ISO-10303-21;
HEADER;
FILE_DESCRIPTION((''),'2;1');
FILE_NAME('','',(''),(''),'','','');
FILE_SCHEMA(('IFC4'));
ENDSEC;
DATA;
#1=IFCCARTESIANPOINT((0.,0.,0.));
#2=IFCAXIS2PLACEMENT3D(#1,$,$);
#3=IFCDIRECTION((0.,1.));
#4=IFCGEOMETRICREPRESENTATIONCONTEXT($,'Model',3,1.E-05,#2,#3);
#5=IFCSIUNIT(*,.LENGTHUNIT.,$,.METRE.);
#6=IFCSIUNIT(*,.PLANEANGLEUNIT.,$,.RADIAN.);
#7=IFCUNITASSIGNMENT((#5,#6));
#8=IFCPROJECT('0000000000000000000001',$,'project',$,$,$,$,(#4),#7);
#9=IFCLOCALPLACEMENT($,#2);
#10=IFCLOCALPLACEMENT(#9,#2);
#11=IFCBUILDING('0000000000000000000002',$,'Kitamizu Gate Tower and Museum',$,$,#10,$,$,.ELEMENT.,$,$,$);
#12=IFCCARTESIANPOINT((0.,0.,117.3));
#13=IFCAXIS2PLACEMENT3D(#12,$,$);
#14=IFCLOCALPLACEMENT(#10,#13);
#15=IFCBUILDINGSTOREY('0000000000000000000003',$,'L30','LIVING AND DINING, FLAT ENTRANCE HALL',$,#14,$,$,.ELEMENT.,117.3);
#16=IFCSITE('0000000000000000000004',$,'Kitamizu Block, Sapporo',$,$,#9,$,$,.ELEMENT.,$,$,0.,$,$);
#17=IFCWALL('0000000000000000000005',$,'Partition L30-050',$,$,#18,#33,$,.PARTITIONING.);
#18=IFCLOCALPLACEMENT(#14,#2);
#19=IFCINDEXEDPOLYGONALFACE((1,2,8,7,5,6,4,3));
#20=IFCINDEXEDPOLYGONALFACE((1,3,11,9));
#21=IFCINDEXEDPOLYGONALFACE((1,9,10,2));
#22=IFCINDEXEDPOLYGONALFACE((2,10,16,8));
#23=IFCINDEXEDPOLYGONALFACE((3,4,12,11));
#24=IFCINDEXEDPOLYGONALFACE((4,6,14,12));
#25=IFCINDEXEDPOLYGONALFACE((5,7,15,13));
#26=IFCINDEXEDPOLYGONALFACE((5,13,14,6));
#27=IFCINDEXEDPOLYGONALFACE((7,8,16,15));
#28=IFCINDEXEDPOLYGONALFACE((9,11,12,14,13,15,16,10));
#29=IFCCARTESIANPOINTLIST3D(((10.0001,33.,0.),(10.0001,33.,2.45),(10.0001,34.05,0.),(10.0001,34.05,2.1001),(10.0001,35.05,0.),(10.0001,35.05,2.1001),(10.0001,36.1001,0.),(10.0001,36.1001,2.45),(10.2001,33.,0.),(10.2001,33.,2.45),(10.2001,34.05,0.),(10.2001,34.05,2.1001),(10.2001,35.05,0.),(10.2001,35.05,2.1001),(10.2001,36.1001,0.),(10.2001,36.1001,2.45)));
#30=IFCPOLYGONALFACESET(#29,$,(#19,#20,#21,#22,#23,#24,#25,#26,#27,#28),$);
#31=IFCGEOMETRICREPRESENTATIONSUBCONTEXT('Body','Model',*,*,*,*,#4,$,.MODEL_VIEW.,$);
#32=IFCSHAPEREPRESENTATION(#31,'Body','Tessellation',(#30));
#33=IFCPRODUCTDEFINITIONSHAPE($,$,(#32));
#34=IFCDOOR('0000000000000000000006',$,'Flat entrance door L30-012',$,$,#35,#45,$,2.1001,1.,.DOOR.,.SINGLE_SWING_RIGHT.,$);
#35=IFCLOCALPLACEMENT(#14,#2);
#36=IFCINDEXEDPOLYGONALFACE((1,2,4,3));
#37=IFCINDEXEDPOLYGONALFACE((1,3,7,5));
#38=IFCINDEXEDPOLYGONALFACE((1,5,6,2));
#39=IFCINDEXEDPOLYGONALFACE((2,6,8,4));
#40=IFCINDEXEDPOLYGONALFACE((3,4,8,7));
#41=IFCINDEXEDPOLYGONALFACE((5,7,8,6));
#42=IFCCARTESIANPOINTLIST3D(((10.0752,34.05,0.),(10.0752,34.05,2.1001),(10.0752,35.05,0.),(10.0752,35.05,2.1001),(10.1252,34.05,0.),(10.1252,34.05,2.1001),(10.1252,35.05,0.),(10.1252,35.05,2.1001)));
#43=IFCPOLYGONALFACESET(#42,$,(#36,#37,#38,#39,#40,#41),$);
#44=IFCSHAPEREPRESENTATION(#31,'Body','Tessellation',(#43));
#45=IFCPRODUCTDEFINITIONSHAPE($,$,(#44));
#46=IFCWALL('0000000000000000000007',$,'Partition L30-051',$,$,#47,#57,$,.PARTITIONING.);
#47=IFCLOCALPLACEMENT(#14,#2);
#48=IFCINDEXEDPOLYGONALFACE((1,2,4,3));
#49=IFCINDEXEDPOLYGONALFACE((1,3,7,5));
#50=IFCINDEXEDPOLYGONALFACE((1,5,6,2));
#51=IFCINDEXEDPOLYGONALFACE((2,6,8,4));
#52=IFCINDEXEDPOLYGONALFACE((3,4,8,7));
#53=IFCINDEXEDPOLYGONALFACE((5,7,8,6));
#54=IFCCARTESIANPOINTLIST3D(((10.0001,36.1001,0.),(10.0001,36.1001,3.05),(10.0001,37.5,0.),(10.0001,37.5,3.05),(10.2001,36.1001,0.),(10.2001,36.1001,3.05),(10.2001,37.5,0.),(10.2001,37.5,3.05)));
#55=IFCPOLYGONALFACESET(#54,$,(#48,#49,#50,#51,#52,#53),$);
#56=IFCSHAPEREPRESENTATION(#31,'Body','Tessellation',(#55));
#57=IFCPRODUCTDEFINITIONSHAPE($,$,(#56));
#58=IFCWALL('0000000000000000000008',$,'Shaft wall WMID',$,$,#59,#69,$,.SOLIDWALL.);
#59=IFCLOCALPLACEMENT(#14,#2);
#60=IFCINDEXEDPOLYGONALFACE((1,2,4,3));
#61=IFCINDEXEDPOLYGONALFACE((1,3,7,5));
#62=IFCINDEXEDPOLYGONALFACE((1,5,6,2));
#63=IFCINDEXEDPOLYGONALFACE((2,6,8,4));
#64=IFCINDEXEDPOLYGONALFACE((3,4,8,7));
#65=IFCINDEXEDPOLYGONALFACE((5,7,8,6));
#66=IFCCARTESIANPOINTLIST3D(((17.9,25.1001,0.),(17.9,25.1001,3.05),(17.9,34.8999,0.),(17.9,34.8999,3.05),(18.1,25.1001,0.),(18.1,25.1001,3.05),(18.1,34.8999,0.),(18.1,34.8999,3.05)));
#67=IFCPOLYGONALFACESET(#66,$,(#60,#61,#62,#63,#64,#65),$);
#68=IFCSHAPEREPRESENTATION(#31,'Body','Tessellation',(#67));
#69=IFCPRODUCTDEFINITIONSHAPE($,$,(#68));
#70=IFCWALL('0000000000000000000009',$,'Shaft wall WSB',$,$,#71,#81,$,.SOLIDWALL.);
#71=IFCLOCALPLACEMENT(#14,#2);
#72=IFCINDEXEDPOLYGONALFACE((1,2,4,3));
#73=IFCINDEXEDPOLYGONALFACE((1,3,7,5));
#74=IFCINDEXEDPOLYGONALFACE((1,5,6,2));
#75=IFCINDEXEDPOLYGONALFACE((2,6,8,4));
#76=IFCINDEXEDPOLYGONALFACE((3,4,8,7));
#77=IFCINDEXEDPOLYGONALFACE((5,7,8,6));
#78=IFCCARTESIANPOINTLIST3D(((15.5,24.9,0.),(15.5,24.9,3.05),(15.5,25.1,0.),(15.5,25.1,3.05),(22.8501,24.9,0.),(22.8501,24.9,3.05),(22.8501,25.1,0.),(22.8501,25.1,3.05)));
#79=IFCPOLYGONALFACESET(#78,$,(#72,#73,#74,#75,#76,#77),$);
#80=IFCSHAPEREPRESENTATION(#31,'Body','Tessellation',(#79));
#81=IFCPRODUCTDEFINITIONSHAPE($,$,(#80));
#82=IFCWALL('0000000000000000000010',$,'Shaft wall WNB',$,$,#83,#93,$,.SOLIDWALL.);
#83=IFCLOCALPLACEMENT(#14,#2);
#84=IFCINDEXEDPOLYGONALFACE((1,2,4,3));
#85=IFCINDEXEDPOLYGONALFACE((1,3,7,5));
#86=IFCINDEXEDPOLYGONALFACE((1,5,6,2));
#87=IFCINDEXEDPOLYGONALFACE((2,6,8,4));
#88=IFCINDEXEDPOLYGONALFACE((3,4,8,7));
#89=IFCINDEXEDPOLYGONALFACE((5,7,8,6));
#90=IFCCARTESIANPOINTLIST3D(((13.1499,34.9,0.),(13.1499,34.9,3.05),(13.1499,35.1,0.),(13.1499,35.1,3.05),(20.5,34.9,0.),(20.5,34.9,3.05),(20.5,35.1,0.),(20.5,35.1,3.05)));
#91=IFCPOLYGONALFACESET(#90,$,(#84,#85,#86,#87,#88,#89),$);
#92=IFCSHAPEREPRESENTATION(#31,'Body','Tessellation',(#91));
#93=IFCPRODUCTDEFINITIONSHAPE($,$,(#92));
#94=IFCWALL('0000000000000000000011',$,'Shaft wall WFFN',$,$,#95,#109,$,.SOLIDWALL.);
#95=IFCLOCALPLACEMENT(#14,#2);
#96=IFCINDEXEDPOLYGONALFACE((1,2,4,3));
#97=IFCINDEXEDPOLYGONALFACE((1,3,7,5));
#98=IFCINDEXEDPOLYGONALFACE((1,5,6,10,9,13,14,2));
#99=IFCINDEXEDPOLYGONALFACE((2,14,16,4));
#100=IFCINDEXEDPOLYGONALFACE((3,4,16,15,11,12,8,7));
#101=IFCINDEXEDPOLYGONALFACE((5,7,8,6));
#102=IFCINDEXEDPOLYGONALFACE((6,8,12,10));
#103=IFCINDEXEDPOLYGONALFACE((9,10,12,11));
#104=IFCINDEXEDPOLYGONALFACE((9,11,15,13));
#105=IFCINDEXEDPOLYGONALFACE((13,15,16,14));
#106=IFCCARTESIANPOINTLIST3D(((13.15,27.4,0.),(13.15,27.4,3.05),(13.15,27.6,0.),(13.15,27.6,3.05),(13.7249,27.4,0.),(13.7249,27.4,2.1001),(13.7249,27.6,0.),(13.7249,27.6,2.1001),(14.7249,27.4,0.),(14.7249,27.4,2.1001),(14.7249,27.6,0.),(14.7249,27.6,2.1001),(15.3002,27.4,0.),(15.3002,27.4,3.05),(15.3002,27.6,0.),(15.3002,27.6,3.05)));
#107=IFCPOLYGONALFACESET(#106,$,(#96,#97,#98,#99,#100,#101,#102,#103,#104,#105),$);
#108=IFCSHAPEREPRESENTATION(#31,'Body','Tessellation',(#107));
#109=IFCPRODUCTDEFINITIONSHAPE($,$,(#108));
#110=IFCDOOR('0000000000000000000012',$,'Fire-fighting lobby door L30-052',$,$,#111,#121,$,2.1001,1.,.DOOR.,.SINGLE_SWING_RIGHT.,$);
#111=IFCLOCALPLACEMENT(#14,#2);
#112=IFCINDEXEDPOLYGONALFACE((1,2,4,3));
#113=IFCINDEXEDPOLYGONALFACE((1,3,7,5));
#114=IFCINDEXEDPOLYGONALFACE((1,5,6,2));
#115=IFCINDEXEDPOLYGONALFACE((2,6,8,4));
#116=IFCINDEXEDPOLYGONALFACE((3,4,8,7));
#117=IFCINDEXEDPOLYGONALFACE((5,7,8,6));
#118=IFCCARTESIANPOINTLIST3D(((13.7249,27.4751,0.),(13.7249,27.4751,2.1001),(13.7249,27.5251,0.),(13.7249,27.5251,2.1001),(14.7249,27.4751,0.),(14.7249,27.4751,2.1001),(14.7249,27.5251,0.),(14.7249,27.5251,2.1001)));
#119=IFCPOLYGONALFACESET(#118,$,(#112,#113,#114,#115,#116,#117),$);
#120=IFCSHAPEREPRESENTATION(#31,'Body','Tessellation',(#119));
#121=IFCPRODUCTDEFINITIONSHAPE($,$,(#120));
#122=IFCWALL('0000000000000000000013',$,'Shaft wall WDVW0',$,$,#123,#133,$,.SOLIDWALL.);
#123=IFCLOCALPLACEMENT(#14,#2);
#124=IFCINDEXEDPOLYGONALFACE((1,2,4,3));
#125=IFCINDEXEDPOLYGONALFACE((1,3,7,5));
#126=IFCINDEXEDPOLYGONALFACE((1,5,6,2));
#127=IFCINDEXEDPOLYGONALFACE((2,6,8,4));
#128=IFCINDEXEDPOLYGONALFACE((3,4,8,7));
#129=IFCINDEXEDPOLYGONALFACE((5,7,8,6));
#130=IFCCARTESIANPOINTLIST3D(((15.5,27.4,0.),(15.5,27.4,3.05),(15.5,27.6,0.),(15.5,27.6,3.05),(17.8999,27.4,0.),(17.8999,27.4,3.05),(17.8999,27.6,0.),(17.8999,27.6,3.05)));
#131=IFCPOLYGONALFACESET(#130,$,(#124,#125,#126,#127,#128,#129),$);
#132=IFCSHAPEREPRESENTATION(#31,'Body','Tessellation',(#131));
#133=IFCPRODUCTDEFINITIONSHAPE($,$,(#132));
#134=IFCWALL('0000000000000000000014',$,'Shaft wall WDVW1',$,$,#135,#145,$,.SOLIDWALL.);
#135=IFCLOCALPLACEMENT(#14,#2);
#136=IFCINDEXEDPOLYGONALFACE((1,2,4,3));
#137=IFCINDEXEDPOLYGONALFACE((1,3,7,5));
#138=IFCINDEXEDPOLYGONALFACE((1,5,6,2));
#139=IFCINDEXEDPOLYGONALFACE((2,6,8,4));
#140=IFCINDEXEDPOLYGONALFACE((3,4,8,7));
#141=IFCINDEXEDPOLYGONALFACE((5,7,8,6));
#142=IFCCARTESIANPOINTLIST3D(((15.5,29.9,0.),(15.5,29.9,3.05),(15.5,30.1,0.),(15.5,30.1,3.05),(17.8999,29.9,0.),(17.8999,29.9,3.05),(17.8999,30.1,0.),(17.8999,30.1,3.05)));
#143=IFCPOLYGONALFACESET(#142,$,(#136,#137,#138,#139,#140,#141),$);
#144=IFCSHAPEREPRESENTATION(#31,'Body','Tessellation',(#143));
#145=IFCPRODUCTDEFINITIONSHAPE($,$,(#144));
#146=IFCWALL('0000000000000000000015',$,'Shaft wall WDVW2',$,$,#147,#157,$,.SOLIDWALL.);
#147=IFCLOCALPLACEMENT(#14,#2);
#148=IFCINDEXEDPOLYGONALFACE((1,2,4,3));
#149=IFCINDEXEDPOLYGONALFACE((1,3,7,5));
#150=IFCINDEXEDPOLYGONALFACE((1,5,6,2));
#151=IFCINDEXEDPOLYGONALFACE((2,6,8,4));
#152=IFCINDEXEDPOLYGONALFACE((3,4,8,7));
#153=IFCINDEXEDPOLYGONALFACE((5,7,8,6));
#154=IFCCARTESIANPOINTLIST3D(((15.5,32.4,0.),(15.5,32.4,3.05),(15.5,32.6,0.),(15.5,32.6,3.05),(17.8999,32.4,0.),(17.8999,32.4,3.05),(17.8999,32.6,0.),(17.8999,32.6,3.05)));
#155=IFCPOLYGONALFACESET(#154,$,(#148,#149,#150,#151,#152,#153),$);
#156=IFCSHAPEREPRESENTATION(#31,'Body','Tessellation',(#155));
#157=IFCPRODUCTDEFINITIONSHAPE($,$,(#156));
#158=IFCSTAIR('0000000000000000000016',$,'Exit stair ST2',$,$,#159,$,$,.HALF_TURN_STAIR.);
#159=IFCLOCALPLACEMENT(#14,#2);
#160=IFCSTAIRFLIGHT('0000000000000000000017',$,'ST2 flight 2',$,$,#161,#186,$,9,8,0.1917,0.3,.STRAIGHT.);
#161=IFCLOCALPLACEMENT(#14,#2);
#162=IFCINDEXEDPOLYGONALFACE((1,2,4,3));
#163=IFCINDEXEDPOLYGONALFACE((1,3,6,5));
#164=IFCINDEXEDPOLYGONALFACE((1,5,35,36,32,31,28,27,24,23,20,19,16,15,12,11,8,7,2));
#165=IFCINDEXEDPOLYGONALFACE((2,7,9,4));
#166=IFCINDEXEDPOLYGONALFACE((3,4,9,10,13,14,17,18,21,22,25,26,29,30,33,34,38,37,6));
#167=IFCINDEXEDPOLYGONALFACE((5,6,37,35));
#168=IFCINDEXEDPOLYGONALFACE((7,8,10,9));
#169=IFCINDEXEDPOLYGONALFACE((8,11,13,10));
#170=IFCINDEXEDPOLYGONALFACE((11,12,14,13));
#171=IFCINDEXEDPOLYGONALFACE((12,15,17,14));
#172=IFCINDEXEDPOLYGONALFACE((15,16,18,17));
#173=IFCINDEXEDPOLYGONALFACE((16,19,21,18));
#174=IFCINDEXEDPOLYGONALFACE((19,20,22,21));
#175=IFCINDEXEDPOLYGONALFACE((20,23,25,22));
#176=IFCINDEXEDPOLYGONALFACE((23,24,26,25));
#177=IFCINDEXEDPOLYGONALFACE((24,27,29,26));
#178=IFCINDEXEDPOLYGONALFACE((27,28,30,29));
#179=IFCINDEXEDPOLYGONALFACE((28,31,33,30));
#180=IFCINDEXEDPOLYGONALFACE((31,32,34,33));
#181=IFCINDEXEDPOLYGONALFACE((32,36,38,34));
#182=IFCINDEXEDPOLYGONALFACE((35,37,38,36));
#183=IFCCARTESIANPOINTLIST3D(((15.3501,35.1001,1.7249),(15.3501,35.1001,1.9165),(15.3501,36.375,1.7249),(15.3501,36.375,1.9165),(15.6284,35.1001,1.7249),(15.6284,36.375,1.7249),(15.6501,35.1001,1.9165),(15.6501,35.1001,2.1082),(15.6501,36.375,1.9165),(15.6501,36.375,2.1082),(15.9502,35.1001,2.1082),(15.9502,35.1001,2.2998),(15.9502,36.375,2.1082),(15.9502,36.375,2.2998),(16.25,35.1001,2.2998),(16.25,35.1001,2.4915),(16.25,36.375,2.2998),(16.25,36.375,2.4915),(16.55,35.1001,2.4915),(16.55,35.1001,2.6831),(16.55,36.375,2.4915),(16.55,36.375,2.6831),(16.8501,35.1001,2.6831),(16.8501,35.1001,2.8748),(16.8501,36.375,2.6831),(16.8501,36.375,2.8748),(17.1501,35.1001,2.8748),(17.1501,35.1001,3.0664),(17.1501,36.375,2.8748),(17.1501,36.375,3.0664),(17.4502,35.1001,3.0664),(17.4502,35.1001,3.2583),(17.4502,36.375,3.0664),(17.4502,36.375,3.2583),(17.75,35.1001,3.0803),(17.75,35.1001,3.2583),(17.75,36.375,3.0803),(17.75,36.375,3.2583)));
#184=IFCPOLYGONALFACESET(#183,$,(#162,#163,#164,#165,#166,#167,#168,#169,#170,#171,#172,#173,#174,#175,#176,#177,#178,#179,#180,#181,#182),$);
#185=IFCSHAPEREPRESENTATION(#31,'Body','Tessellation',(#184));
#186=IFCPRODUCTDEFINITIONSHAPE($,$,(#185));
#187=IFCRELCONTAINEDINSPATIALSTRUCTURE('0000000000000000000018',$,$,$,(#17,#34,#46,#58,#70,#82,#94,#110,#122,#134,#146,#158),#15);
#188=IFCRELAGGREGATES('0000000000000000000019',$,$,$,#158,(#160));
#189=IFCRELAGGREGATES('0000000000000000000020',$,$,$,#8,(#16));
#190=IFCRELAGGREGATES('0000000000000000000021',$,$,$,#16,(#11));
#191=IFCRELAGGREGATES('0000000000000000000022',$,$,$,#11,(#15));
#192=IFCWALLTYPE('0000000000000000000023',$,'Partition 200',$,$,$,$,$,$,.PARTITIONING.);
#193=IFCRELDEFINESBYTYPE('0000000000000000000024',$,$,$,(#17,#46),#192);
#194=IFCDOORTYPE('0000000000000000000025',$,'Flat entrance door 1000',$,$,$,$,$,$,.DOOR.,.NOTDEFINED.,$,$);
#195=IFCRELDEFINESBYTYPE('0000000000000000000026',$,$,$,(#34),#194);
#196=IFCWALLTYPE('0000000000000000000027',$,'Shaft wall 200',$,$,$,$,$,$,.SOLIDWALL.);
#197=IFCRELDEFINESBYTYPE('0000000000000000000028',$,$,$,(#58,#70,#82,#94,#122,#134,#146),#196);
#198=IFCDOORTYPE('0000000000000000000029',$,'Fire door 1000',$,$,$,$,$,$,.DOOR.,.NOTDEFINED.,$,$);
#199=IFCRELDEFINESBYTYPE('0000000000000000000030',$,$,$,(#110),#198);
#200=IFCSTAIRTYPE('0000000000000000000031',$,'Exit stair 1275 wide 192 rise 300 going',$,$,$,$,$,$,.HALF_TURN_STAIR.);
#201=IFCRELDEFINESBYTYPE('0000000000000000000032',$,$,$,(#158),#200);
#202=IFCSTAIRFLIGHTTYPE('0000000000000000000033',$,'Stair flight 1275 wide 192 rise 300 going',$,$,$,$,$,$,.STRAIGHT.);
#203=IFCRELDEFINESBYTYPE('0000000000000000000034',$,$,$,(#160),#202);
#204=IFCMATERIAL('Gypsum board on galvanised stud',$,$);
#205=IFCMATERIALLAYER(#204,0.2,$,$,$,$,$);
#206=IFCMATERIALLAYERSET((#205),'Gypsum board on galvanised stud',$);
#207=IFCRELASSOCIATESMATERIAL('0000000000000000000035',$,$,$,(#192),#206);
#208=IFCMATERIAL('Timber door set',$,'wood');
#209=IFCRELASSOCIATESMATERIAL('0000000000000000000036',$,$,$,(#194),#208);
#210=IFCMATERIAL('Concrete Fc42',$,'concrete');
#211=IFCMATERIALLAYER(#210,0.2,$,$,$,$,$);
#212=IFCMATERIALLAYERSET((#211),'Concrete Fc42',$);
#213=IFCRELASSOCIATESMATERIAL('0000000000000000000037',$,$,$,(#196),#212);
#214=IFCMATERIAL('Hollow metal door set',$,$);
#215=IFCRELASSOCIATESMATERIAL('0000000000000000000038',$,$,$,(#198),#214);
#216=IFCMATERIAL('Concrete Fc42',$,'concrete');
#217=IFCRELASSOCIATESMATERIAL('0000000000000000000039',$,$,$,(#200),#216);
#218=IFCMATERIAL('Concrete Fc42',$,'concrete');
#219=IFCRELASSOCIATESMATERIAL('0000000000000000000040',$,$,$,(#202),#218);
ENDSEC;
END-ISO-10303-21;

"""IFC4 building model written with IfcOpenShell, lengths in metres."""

from ifc_helpers import new_model, si_unit, direction, frame, frame_2d, origin, place, context, subcontext, project, spatial, polyline, rectangle, outline, extrude, material, layer, layer_set, type_object, element, fill, aggregate, save


model = new_model("IFC4")

# Units and contexts
model_context = context("Model", 3, precision=1e-05, world=origin(), true_north=direction((0.0, 1.0)))
body_context = subcontext(model_context, "Body", "Model", "MODEL_VIEW")
ifc_project = project(units=[si_unit("LENGTHUNIT", "METRE"), si_unit("PLANEANGLEUNIT", "RADIAN")], contexts=[model_context])

# Site, building, storey
site_placement = place(None, origin())
site = spatial("IfcSite", under=ifc_project, at=site_placement, Name="Kitamizu Block, Sapporo", CompositionType="ELEMENT", RefElevation=0.0)
building_placement = place(site_placement, origin())
building = spatial("IfcBuilding", under=site, at=building_placement, Name="Kitamizu Gate Tower and Museum", CompositionType="ELEMENT")
storey_placement = place(building_placement, frame((0.0, 0.0, 117.3)))
storey = spatial("IfcBuildingStorey", under=building, at=storey_placement, Name="L30", Description="LIVING AND DINING, FLAT ENTRANCE HALL", CompositionType="ELEMENT", Elevation=117.3)

# Wall, opening, door
ifc_material_1 = material(Name="Gypsum board on galvanised stud")
ifc_layer_1 = layer(ifc_material_1, 0.2)
ifc_layer_set_1 = layer_set([ifc_layer_1], Name="Gypsum board on galvanised stud")
wall_type_1 = type_object("IfcWallType", Name="Partition 200", PredefinedType="PARTITIONING", material=ifc_layer_set_1)
wall_1_placement = place(storey_placement, frame((10.1001, 33.0, 0.0), z_axis=(0.0, 0.0, 1.0), x_axis=(0.0, 1.0, 0.0)))
wall_1 = element("IfcWall", 1, at=wall_1_placement, inside=storey, type_object=wall_type_1, Name="Partition L30-050", PredefinedType="PARTITIONING", context=body_context, shape_type="SweptSolid", body=[
    extrude(rectangle(XDim=3.1001, YDim=0.2, at=frame_2d((1.55, 0.0))), origin(), (0.0, 0.0, 1.0), 2.45),
])
opening_1_placement = place(wall_1_placement, frame((1.05, 0.0, 0.0)))
opening_1 = element("IfcOpeningElement", 2, at=opening_1_placement, cuts=wall_1, PredefinedType="OPENING", context=body_context, shape_type="SweptSolid", body=[
    extrude(rectangle(XDim=1.0, YDim=2.1001, at=frame_2d((0.5, 1.05))), frame((0.0, 0.1099, 0.0), z_axis=(0.0, -1.0, 0.0), x_axis=(1.0, 0.0, 0.0)), (0.0, 0.0, 1.0), 0.22),
])
ifc_material_2 = material(Name="Timber door set", Category="wood")
door_type_1 = type_object("IfcDoorType", Name="Flat entrance door 1000", OperationType="NOTDEFINED", PredefinedType="DOOR", material=ifc_material_2)
door_1_placement = place(opening_1_placement, origin())
door_1 = element("IfcDoor", 3, at=door_1_placement, inside=storey, type_object=door_type_1, Name="Flat entrance door L30-012", OperationType="SINGLE_SWING_RIGHT", OverallHeight=2.1001, OverallWidth=1.0, PredefinedType="DOOR", context=body_context, shape_type="SweptSolid", body=[
    extrude(rectangle(XDim=1.0, YDim=2.1001, at=frame_2d((0.5, 1.05))), frame((0.0, 0.0249, 0.0), z_axis=(0.0, -1.0, 0.0), x_axis=(1.0, 0.0, 0.0)), (0.0, 0.0, 1.0), 0.05),
])
fill(opening_1, door_1)

# Walls
wall_2_placement = place(storey_placement, frame((10.1001, 36.1001, 0.0), z_axis=(0.0, 0.0, 1.0), x_axis=(0.0, 1.0, 0.0)))
element("IfcWall", 4, at=wall_2_placement, inside=storey, type_object=wall_type_1, Name="Partition L30-051", PredefinedType="PARTITIONING", context=body_context, shape_type="SweptSolid", body=[
    extrude(rectangle(XDim=1.3999, YDim=0.2, at=frame_2d((0.7, 0.0))), origin(), (0.0, 0.0, 1.0), 3.05),
])
ifc_material_3 = material(Name="Concrete Fc42", Category="concrete")
ifc_layer_2 = layer(ifc_material_3, 0.2)
ifc_layer_set_2 = layer_set([ifc_layer_2], Name="Concrete Fc42")
wall_type_2 = type_object("IfcWallType", Name="Shaft wall 200", PredefinedType="SOLIDWALL", material=ifc_layer_set_2)
wall_3_placement = place(storey_placement, frame((18.0, 25.1001, 0.0), z_axis=(0.0, 0.0, 1.0), x_axis=(0.0, 1.0, 0.0)))
element("IfcWall", 5, at=wall_3_placement, inside=storey, type_object=wall_type_2, Name="Shaft wall WMID", PredefinedType="SOLIDWALL", context=body_context, shape_type="SweptSolid", body=[
    extrude(rectangle(XDim=9.7998, YDim=0.2, at=frame_2d((4.8999, 0.0))), origin(), (0.0, 0.0, 1.0), 3.05),
])
for number, where, z_axis, x_axis, name in (
    (6, (15.5, 25.0, 0.0), (0.0, 0.0, 1.0), (1.0, 0.0, 0.0), "Shaft wall WSB"),
    (7, (13.1499, 35.0, 0.0), (0.0, 0.0, 1.0), (1.0, 0.0, 0.0), "Shaft wall WNB"),
):
    element("IfcWall", number, at=place(storey_placement, frame(where, z_axis=z_axis, x_axis=x_axis)), inside=storey, type_object=wall_type_2, Name=name, PredefinedType="SOLIDWALL", context=body_context, shape_type="SweptSolid", body=[
        extrude(rectangle(XDim=7.3501, YDim=0.2, at=frame_2d((3.675, 0.0))), origin(), (0.0, 0.0, 1.0), 3.05),
    ])

# Wall, opening, door
wall_4_placement = place(storey_placement, frame((13.1499, 27.5, 0.0), z_axis=(0.0, 0.0, 1.0), x_axis=(1.0, 0.0, 0.0)))
wall_4 = element("IfcWall", 8, at=wall_4_placement, inside=storey, type_object=wall_type_2, Name="Shaft wall WFFN", PredefinedType="SOLIDWALL", context=body_context, shape_type="SweptSolid", body=[
    extrude(rectangle(XDim=2.1501, YDim=0.2, at=frame_2d((1.0752, 0.0))), origin(), (0.0, 0.0, 1.0), 3.05),
])
opening_2_placement = place(wall_4_placement, frame((0.575, 0.0, 0.0)))
opening_2 = element("IfcOpeningElement", 9, at=opening_2_placement, cuts=wall_4, PredefinedType="OPENING", context=body_context, shape_type="SweptSolid", body=[
    extrude(rectangle(XDim=1.0, YDim=2.1001, at=frame_2d((0.5, 1.05))), frame((0.0, 0.1099, 0.0), z_axis=(0.0, -1.0, 0.0), x_axis=(1.0, 0.0, 0.0)), (0.0, 0.0, 1.0), 0.22),
])
ifc_material_4 = material(Name="Hollow metal door set")
door_type_2 = type_object("IfcDoorType", Name="Fire door 1000", OperationType="NOTDEFINED", PredefinedType="DOOR", material=ifc_material_4)
door_2_placement = place(opening_2_placement, frame((1.0, 0.0, 0.0), x_axis=(-1.0, 0.0, 0.0)))
door_2 = element("IfcDoor", 10, at=door_2_placement, inside=storey, type_object=door_type_2, Name="Fire-fighting lobby door L30-052", OperationType="SINGLE_SWING_RIGHT", OverallHeight=2.1001, OverallWidth=1.0, PredefinedType="DOOR", context=body_context, shape_type="SweptSolid", body=[
    extrude(rectangle(XDim=1.0, YDim=2.1001, at=frame_2d((0.5, 1.05))), frame((0.0, 0.0249, 0.0), z_axis=(0.0, -1.0, 0.0), x_axis=(1.0, 0.0, 0.0)), (0.0, 0.0, 1.0), 0.05),
])
fill(opening_2, door_2)

# Walls
for number, where, z_axis, x_axis, name in (
    (11, (15.5, 27.5, 0.0), (0.0, 0.0, 1.0), (1.0, 0.0, 0.0), "Shaft wall WDVW0"),
    (12, (15.5, 30.0, 0.0), (0.0, 0.0, 1.0), (1.0, 0.0, 0.0), "Shaft wall WDVW1"),
    (13, (15.5, 32.5, 0.0), (0.0, 0.0, 1.0), (1.0, 0.0, 0.0), "Shaft wall WDVW2"),
):
    element("IfcWall", number, at=place(storey_placement, frame(where, z_axis=z_axis, x_axis=x_axis)), inside=storey, type_object=wall_type_2, Name=name, PredefinedType="SOLIDWALL", context=body_context, shape_type="SweptSolid", body=[
        extrude(rectangle(XDim=2.3999, YDim=0.2, at=frame_2d((1.2, 0.0))), origin(), (0.0, 0.0, 1.0), 3.05),
    ])

# Stair, stair flight
ifc_material_5 = material(Name="Concrete Fc42", Category="concrete")
stair_type = type_object("IfcStairType", Name="Exit stair 1275 wide 192 rise 300 going", PredefinedType="HALF_TURN_STAIR", material=ifc_material_5)
stair_placement = place(storey_placement, origin())
stair = element("IfcStair", 14, at=stair_placement, inside=storey, type_object=stair_type, Name="Exit stair ST2", PredefinedType="HALF_TURN_STAIR")
ifc_material_6 = material(Name="Concrete Fc42", Category="concrete")
stair_flight_type = type_object("IfcStairFlightType", Name="Stair flight 1275 wide 192 rise 300 going", PredefinedType="STRAIGHT", material=ifc_material_6)
stair_flight_placement = place(storey_placement, frame((15.3501, 35.7375, 1.7249), z_axis=(0.0, 0.0, 1.0), x_axis=(1.0, 0.0, 0.0)))
stair_flight = element("IfcStairFlight", 15, at=stair_flight_placement, type_object=stair_flight_type, Name="ST2 flight 2", NumberOfRisers=9, NumberOfTreads=8, PredefinedType="STRAIGHT", RiserHeight=0.1917, TreadLength=0.3, context=body_context, shape_type="SweptSolid", body=[
    extrude(outline(polyline([(0.0, 0.0), (0.0, 0.1917), (0.3, 0.1917), (0.3, 0.3833), (0.6001, 0.3833), (0.6001, 0.575), (0.8999, 0.575), (0.8999, 0.7666), (1.2, 0.7666), (1.2, 0.9583), (1.5, 0.9583), (1.5, 1.1499), (1.8, 1.1499), (1.8, 1.3416), (2.1001, 1.3416), (2.1001, 1.5334), (2.3999, 1.5334), (2.3999, 1.7251), (2.3999, 1.3555), (0.2783, 0.0), (0.0, 0.0)])), frame((0.0, 0.6375, 0.0), z_axis=(0.0, -1.0, 0.0), x_axis=(1.0, 0.0, 0.0)), (0.0, 0.0, 1.0), 1.2749),
])
aggregate(stair, [stair_flight])

save(model, "model.ifc")
